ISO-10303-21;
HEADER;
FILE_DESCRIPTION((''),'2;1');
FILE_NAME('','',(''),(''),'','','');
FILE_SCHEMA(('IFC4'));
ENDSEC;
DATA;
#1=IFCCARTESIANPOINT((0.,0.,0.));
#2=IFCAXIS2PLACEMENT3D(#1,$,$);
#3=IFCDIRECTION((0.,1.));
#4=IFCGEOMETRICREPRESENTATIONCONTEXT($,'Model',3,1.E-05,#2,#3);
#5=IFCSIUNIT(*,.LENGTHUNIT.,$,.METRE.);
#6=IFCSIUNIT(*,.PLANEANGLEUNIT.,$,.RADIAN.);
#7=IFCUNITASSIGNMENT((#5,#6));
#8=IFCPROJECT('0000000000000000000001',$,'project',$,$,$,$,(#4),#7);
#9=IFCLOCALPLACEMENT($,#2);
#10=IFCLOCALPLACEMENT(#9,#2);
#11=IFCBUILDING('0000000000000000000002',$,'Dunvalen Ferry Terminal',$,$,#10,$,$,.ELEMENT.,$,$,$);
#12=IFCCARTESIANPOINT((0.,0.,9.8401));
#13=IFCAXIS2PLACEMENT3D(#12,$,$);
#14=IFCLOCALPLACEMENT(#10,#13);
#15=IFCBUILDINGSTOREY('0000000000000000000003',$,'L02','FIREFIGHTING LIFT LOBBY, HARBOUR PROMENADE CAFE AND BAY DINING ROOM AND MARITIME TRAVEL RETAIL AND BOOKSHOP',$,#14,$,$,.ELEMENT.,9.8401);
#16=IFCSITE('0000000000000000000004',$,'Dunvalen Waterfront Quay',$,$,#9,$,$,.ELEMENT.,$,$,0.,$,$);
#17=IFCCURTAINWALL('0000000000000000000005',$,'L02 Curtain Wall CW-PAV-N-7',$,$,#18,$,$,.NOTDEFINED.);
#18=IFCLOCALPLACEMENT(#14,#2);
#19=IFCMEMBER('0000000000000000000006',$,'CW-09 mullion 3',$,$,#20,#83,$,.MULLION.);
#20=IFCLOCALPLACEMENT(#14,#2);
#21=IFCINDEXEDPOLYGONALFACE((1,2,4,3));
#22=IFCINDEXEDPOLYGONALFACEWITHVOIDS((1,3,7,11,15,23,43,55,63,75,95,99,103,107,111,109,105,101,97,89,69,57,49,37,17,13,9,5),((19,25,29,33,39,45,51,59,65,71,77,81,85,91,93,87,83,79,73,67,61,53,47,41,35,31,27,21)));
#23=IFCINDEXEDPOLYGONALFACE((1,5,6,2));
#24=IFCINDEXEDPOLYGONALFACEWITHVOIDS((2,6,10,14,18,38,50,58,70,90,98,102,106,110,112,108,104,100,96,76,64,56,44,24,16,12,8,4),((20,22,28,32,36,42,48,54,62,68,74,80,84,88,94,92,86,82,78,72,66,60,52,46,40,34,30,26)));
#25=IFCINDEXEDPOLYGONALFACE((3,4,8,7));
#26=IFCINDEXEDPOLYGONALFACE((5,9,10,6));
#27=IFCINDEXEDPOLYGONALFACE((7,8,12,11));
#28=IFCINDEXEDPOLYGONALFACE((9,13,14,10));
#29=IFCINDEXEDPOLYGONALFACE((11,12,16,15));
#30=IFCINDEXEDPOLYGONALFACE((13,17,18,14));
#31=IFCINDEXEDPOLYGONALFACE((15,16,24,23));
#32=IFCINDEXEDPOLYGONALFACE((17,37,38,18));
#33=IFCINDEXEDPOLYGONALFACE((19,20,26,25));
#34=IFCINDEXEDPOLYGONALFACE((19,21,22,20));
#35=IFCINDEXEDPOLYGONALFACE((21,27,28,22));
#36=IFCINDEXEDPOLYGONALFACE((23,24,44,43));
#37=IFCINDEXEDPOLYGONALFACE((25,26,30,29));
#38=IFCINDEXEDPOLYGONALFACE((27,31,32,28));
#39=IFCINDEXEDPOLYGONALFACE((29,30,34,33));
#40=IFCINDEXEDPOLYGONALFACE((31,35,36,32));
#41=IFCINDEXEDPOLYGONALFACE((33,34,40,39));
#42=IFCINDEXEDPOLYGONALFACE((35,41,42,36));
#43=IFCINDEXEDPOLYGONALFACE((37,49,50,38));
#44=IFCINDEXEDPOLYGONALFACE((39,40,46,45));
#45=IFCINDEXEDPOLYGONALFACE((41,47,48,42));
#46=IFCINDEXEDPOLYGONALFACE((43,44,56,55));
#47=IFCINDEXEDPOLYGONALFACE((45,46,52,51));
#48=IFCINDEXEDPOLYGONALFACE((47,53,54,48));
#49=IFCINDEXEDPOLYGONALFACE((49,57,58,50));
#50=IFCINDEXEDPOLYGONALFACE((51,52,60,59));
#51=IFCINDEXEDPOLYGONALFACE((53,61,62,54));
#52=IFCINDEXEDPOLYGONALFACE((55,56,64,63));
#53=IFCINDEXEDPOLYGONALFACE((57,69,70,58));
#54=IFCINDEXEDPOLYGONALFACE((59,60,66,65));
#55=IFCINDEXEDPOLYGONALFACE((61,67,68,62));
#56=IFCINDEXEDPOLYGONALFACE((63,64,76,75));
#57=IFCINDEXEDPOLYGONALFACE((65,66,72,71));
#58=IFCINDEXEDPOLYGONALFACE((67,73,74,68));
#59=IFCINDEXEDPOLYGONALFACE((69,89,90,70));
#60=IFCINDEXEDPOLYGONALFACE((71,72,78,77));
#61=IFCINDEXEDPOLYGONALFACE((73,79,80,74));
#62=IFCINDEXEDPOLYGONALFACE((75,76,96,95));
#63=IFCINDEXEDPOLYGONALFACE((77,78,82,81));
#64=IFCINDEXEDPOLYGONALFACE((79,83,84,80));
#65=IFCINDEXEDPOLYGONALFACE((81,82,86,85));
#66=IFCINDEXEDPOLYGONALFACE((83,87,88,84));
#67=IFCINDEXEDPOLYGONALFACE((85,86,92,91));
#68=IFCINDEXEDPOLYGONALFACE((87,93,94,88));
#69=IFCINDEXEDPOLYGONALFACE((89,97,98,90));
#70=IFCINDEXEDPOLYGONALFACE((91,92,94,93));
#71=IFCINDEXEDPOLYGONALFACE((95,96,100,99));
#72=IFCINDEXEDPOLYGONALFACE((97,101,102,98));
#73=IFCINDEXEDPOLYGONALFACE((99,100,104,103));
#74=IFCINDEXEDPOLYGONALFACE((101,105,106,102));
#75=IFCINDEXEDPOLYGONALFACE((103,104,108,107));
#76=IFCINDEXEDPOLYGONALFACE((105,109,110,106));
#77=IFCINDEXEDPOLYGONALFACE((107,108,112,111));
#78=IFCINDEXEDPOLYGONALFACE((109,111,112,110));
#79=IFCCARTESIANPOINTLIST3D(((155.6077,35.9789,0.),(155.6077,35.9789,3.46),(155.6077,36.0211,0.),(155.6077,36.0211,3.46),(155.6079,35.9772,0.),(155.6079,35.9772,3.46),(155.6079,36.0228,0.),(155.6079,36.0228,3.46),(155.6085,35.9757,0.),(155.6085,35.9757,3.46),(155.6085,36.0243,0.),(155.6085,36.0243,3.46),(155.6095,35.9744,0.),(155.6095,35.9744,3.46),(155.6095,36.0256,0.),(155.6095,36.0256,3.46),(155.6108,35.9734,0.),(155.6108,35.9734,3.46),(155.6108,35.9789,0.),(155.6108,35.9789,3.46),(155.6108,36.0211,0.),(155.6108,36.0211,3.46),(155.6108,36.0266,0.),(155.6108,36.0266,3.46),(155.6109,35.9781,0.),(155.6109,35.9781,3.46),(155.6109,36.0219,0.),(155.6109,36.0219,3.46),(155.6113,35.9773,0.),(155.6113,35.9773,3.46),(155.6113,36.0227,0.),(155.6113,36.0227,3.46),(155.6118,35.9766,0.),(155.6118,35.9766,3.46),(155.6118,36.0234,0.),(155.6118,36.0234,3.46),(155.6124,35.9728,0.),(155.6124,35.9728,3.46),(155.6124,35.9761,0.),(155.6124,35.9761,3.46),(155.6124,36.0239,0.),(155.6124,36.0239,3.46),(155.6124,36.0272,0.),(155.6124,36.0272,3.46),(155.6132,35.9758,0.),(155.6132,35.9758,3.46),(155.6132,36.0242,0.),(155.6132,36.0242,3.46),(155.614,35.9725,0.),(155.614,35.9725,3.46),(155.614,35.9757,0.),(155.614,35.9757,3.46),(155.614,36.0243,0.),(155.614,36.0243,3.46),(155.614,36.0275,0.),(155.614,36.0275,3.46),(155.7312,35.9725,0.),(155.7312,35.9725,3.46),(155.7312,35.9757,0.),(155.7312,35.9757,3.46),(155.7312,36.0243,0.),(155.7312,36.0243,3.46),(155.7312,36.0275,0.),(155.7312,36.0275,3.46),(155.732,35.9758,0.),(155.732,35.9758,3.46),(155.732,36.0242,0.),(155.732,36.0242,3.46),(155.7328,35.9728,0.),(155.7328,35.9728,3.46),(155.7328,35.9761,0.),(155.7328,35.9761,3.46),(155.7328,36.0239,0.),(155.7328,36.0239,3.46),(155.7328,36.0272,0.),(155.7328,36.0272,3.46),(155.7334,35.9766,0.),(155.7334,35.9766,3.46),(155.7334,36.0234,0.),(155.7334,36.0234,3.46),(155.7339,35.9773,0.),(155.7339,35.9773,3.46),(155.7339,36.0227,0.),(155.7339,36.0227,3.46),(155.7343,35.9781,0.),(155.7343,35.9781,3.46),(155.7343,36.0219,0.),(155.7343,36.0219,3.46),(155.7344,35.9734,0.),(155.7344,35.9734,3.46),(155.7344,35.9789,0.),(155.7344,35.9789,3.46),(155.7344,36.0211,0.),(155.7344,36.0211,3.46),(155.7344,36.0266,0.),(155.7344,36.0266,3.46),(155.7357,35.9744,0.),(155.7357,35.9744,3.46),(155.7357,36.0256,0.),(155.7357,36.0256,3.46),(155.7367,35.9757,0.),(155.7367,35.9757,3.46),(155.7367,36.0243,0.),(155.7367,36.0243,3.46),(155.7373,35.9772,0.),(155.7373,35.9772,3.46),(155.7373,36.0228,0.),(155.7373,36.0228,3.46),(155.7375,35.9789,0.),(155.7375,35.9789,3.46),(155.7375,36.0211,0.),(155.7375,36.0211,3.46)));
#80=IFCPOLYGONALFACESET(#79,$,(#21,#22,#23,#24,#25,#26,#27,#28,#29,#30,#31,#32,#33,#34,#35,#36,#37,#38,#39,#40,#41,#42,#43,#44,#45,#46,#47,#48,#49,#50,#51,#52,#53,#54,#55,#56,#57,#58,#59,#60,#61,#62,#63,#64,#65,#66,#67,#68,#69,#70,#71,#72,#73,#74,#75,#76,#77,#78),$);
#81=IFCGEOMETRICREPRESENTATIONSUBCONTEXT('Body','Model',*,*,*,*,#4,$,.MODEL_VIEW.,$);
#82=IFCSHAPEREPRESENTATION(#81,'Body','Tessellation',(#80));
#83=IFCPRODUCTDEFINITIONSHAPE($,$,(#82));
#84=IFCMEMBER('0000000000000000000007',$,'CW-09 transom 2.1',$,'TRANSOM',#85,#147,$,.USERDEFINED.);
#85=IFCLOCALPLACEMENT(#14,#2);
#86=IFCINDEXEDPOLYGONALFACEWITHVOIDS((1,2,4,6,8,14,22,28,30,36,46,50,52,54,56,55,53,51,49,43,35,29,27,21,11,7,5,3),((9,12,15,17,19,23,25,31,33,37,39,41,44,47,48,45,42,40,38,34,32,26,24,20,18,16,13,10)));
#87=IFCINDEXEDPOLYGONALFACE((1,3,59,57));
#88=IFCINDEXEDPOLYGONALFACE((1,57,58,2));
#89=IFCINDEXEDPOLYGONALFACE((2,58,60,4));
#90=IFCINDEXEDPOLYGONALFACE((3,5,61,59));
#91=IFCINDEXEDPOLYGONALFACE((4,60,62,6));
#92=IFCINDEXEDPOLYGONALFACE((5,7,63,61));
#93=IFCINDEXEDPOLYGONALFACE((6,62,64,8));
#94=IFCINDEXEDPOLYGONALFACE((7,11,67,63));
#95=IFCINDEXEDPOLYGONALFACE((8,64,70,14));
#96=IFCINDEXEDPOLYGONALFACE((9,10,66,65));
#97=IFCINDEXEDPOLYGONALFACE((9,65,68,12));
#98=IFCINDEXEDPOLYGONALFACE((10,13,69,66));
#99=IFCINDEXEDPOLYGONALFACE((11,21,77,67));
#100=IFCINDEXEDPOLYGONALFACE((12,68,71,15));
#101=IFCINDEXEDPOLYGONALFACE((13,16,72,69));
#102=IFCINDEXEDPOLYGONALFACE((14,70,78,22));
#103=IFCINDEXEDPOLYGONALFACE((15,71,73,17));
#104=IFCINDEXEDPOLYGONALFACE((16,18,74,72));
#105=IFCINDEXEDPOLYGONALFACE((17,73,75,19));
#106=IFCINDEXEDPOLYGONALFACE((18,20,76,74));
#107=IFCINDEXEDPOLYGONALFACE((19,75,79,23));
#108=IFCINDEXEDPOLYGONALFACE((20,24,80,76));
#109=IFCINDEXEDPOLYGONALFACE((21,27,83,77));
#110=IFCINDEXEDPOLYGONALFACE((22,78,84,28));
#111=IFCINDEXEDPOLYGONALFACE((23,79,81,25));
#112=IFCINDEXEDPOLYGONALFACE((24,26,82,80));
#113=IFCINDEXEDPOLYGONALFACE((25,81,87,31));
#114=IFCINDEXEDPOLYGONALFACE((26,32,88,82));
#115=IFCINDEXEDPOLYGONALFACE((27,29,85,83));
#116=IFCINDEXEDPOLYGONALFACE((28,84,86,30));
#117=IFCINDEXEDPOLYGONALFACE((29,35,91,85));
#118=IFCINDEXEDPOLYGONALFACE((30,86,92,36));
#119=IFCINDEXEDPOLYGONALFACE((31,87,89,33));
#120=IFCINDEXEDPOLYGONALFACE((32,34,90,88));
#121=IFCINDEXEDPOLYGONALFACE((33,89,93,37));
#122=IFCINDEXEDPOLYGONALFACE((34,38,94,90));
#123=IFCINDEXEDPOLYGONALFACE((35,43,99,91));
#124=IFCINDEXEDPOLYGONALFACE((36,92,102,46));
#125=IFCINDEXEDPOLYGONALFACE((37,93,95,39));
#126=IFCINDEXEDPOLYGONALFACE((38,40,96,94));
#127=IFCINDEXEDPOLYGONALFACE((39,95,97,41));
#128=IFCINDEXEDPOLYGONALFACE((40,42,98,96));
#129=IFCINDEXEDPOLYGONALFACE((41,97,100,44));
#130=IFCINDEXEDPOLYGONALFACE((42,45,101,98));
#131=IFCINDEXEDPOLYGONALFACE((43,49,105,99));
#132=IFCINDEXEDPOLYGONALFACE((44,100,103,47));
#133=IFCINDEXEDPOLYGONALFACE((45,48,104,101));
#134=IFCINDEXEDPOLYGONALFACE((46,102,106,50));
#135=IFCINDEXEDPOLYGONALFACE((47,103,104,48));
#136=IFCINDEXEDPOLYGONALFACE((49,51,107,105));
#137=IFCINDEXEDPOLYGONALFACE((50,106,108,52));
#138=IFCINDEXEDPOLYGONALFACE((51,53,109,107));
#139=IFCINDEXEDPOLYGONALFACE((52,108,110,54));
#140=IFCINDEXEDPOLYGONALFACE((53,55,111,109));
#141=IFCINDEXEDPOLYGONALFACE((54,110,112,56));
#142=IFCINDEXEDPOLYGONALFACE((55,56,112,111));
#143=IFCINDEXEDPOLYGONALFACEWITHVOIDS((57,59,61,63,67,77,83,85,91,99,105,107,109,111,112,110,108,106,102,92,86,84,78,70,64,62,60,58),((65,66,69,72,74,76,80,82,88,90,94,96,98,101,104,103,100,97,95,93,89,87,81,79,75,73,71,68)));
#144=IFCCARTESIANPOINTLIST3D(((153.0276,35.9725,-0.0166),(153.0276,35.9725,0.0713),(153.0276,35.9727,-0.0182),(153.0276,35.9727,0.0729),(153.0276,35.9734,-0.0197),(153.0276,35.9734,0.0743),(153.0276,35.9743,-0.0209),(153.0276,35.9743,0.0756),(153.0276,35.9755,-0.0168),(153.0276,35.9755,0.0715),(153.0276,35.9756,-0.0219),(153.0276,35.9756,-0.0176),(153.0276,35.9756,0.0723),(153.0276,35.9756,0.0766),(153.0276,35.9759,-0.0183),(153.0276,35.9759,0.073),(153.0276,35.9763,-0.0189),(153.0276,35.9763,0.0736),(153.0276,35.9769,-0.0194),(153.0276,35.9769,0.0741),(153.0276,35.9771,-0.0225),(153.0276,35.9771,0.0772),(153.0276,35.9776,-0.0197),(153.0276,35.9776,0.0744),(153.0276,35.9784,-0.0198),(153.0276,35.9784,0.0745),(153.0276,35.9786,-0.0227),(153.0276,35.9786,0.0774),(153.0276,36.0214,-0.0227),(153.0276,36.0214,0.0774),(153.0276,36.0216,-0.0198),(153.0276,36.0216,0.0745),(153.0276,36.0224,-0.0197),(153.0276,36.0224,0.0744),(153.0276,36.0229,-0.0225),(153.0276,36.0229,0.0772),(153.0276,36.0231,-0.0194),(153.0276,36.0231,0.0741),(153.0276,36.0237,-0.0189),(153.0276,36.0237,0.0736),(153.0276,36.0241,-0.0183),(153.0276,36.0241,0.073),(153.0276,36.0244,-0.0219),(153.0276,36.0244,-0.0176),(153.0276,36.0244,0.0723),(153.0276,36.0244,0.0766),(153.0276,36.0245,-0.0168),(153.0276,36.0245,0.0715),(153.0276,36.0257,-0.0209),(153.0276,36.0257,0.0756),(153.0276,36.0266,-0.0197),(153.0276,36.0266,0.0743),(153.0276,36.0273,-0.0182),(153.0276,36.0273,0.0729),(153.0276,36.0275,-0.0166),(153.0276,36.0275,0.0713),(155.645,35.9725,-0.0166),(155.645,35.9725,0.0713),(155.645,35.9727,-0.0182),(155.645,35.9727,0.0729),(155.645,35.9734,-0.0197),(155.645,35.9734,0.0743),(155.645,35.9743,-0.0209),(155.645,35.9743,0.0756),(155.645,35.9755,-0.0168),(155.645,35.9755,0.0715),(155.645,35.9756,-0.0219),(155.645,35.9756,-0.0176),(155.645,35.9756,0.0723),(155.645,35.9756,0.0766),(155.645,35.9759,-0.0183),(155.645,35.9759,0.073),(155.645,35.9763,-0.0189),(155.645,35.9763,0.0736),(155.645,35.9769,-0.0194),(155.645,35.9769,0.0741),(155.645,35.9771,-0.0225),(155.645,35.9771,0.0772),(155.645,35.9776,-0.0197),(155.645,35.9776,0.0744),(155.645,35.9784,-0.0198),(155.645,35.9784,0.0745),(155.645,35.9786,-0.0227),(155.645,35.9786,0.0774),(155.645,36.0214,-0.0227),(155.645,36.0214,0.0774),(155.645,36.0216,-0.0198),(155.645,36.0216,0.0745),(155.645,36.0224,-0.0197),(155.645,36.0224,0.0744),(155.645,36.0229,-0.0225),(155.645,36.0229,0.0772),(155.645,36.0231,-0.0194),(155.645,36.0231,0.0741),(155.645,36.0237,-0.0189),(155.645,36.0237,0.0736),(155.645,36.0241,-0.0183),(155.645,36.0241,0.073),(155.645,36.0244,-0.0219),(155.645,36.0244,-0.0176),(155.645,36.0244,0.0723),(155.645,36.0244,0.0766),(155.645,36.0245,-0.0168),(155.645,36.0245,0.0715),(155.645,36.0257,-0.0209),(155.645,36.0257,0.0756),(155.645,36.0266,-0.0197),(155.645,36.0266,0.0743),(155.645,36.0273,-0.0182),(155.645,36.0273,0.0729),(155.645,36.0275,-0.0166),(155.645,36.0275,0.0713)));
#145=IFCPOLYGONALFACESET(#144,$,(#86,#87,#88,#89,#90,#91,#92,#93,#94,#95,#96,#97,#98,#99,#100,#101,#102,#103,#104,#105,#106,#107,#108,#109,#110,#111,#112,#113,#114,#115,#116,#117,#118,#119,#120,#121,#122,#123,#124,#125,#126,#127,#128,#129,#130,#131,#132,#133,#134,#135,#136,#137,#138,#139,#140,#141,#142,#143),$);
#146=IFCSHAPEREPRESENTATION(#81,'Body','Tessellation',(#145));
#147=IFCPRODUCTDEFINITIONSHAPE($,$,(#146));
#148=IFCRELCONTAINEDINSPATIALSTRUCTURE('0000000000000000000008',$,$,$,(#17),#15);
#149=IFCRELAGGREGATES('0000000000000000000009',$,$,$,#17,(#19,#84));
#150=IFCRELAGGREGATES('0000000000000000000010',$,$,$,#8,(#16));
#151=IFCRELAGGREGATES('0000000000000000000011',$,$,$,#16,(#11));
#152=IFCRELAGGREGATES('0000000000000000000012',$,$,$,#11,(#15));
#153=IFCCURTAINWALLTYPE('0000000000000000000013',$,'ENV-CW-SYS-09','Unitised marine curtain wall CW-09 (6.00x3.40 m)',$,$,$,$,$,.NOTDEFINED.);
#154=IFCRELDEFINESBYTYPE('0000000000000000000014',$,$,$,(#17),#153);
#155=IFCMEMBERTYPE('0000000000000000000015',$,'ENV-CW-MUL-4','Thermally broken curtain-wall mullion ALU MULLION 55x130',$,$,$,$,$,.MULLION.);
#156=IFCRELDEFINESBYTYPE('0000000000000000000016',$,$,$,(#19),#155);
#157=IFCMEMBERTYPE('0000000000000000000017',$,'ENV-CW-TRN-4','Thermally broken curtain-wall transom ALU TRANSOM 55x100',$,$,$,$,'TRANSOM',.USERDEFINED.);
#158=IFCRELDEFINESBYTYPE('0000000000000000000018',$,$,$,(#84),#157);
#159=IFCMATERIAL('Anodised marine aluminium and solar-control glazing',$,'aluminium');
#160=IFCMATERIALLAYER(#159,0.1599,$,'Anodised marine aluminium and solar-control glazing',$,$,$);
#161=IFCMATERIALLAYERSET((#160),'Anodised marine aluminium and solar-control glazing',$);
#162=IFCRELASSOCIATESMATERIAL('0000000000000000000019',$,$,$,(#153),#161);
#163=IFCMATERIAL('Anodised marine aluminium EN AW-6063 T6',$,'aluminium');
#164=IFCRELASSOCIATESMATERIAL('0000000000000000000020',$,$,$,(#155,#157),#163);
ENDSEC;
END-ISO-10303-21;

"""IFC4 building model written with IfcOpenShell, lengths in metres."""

from ifc_helpers import new_model, si_unit, direction, frame, origin, origin_2d, place, context, subcontext, project, spatial, hollow_rectangle, extrude, material, layer, layer_set, material_profile, profile_set, type_object, element, aggregate, save


model = new_model("IFC4")

# Units and contexts
model_context = context("Model", 3, precision=1e-05, world=origin(), true_north=direction((0.0, 1.0)))
body_context = subcontext(model_context, "Body", "Model", "MODEL_VIEW")
ifc_project = project(units=[si_unit("LENGTHUNIT", "METRE"), si_unit("PLANEANGLEUNIT", "RADIAN")], contexts=[model_context])

# Site, building, storey
site_placement = place(None, origin())
site = spatial("IfcSite", under=ifc_project, at=site_placement, Name="Dunvalen Waterfront Quay", CompositionType="ELEMENT", RefElevation=0.0)
building_placement = place(site_placement, origin())
building = spatial("IfcBuilding", under=site, at=building_placement, Name="Dunvalen Ferry Terminal", CompositionType="ELEMENT")
storey_placement = place(building_placement, frame((0.0, 0.0, 9.8401)))
storey = spatial("IfcBuildingStorey", under=building, at=storey_placement, Name="L02", Description="FIREFIGHTING LIFT LOBBY, HARBOUR PROMENADE CAFE AND BAY DINING ROOM AND MARITIME TRAVEL RETAIL AND BOOKSHOP", CompositionType="ELEMENT", Elevation=9.8401)

# Curtain wall, members
ifc_material_1 = material(Name="Anodised marine aluminium and solar-control glazing", Category="aluminium")
ifc_layer_1 = layer(ifc_material_1, 0.1599, Name="Anodised marine aluminium and solar-control glazing")
ifc_layer_set_1 = layer_set([ifc_layer_1], Name="Anodised marine aluminium and solar-control glazing")
curtain_wall_type = type_object("IfcCurtainWallType", Name="ENV-CW-SYS-09", Description="Unitised marine curtain wall CW-09 (6.00x3.40 m)", PredefinedType="NOTDEFINED", material=ifc_layer_set_1)
curtain_wall_placement = place(storey_placement, origin())
curtain_wall = element("IfcCurtainWall", 1, at=curtain_wall_placement, inside=storey, type_object=curtain_wall_type, Name="L02 Curtain Wall CW-PAV-N-7", PredefinedType="NOTDEFINED")
ifc_material_2 = material(Name="Anodised marine aluminium EN AW-6063 T6", Category="aluminium")
ifc_material_profile_1 = material_profile(ifc_material_2, hollow_rectangle(XDim=0.0549, YDim=0.1299, WallThickness=0.0032, InnerFilletRadius=0.0032, OuterFilletRadius=0.0063, at=origin_2d()), Name="Anodised marine aluminium EN AW-6063 T6")
ifc_profile_set_1 = profile_set([ifc_material_profile_1], Name="Anodised marine aluminium EN AW-6063 T6")
member_type_1 = type_object("IfcMemberType", Name="ENV-CW-MUL-4", Description="Thermally broken curtain-wall mullion ALU MULLION 55x130", PredefinedType="MULLION", material=ifc_profile_set_1)
member_1_placement = place(storey_placement, frame((155.6726, 36.0, 0.0), z_axis=(0.0, 0.0, 1.0), x_axis=(0.0, 1.0, 0.0)))
member_1 = element("IfcMember", 2, at=member_1_placement, type_object=member_type_1, Name="CW-09 mullion 3", PredefinedType="MULLION", context=body_context, shape_type="SweptSolid", body=[
    extrude(hollow_rectangle(XDim=0.0549, YDim=0.1299, WallThickness=0.0032, InnerFilletRadius=0.0032, OuterFilletRadius=0.0063, at=origin_2d()), origin(), (0.0, 0.0, 1.0), 3.46),
])
ifc_material_profile_2 = material_profile(ifc_material_2, hollow_rectangle(XDim=0.0549, YDim=0.1001, WallThickness=0.0029, InnerFilletRadius=0.0029, OuterFilletRadius=0.0061, at=origin_2d()), Name="Anodised marine aluminium EN AW-6063 T6")
ifc_profile_set_2 = profile_set([ifc_material_profile_2], Name="Anodised marine aluminium EN AW-6063 T6")
member_type_2 = type_object("IfcMemberType", Name="ENV-CW-TRN-4", Description="Thermally broken curtain-wall transom ALU TRANSOM 55x100", ElementType="TRANSOM", PredefinedType="USERDEFINED", material=ifc_profile_set_2)
member_2_placement = place(storey_placement, frame((153.0276, 36.0, 0.0273), z_axis=(1.0, 0.0, 0.0), x_axis=(0.0, 1.0, 0.0)))
member_2 = element("IfcMember", 3, at=member_2_placement, type_object=member_type_2, Name="CW-09 transom 2.1", ObjectType="TRANSOM", PredefinedType="USERDEFINED", context=body_context, shape_type="SweptSolid", body=[
    extrude(hollow_rectangle(XDim=0.0549, YDim=0.1001, WallThickness=0.0029, InnerFilletRadius=0.0029, OuterFilletRadius=0.0061, at=origin_2d()), origin(), (0.0, 0.0, 1.0), 2.6174),
])

aggregate(curtain_wall, [member_1, member_2])

save(model, "model.ifc")
